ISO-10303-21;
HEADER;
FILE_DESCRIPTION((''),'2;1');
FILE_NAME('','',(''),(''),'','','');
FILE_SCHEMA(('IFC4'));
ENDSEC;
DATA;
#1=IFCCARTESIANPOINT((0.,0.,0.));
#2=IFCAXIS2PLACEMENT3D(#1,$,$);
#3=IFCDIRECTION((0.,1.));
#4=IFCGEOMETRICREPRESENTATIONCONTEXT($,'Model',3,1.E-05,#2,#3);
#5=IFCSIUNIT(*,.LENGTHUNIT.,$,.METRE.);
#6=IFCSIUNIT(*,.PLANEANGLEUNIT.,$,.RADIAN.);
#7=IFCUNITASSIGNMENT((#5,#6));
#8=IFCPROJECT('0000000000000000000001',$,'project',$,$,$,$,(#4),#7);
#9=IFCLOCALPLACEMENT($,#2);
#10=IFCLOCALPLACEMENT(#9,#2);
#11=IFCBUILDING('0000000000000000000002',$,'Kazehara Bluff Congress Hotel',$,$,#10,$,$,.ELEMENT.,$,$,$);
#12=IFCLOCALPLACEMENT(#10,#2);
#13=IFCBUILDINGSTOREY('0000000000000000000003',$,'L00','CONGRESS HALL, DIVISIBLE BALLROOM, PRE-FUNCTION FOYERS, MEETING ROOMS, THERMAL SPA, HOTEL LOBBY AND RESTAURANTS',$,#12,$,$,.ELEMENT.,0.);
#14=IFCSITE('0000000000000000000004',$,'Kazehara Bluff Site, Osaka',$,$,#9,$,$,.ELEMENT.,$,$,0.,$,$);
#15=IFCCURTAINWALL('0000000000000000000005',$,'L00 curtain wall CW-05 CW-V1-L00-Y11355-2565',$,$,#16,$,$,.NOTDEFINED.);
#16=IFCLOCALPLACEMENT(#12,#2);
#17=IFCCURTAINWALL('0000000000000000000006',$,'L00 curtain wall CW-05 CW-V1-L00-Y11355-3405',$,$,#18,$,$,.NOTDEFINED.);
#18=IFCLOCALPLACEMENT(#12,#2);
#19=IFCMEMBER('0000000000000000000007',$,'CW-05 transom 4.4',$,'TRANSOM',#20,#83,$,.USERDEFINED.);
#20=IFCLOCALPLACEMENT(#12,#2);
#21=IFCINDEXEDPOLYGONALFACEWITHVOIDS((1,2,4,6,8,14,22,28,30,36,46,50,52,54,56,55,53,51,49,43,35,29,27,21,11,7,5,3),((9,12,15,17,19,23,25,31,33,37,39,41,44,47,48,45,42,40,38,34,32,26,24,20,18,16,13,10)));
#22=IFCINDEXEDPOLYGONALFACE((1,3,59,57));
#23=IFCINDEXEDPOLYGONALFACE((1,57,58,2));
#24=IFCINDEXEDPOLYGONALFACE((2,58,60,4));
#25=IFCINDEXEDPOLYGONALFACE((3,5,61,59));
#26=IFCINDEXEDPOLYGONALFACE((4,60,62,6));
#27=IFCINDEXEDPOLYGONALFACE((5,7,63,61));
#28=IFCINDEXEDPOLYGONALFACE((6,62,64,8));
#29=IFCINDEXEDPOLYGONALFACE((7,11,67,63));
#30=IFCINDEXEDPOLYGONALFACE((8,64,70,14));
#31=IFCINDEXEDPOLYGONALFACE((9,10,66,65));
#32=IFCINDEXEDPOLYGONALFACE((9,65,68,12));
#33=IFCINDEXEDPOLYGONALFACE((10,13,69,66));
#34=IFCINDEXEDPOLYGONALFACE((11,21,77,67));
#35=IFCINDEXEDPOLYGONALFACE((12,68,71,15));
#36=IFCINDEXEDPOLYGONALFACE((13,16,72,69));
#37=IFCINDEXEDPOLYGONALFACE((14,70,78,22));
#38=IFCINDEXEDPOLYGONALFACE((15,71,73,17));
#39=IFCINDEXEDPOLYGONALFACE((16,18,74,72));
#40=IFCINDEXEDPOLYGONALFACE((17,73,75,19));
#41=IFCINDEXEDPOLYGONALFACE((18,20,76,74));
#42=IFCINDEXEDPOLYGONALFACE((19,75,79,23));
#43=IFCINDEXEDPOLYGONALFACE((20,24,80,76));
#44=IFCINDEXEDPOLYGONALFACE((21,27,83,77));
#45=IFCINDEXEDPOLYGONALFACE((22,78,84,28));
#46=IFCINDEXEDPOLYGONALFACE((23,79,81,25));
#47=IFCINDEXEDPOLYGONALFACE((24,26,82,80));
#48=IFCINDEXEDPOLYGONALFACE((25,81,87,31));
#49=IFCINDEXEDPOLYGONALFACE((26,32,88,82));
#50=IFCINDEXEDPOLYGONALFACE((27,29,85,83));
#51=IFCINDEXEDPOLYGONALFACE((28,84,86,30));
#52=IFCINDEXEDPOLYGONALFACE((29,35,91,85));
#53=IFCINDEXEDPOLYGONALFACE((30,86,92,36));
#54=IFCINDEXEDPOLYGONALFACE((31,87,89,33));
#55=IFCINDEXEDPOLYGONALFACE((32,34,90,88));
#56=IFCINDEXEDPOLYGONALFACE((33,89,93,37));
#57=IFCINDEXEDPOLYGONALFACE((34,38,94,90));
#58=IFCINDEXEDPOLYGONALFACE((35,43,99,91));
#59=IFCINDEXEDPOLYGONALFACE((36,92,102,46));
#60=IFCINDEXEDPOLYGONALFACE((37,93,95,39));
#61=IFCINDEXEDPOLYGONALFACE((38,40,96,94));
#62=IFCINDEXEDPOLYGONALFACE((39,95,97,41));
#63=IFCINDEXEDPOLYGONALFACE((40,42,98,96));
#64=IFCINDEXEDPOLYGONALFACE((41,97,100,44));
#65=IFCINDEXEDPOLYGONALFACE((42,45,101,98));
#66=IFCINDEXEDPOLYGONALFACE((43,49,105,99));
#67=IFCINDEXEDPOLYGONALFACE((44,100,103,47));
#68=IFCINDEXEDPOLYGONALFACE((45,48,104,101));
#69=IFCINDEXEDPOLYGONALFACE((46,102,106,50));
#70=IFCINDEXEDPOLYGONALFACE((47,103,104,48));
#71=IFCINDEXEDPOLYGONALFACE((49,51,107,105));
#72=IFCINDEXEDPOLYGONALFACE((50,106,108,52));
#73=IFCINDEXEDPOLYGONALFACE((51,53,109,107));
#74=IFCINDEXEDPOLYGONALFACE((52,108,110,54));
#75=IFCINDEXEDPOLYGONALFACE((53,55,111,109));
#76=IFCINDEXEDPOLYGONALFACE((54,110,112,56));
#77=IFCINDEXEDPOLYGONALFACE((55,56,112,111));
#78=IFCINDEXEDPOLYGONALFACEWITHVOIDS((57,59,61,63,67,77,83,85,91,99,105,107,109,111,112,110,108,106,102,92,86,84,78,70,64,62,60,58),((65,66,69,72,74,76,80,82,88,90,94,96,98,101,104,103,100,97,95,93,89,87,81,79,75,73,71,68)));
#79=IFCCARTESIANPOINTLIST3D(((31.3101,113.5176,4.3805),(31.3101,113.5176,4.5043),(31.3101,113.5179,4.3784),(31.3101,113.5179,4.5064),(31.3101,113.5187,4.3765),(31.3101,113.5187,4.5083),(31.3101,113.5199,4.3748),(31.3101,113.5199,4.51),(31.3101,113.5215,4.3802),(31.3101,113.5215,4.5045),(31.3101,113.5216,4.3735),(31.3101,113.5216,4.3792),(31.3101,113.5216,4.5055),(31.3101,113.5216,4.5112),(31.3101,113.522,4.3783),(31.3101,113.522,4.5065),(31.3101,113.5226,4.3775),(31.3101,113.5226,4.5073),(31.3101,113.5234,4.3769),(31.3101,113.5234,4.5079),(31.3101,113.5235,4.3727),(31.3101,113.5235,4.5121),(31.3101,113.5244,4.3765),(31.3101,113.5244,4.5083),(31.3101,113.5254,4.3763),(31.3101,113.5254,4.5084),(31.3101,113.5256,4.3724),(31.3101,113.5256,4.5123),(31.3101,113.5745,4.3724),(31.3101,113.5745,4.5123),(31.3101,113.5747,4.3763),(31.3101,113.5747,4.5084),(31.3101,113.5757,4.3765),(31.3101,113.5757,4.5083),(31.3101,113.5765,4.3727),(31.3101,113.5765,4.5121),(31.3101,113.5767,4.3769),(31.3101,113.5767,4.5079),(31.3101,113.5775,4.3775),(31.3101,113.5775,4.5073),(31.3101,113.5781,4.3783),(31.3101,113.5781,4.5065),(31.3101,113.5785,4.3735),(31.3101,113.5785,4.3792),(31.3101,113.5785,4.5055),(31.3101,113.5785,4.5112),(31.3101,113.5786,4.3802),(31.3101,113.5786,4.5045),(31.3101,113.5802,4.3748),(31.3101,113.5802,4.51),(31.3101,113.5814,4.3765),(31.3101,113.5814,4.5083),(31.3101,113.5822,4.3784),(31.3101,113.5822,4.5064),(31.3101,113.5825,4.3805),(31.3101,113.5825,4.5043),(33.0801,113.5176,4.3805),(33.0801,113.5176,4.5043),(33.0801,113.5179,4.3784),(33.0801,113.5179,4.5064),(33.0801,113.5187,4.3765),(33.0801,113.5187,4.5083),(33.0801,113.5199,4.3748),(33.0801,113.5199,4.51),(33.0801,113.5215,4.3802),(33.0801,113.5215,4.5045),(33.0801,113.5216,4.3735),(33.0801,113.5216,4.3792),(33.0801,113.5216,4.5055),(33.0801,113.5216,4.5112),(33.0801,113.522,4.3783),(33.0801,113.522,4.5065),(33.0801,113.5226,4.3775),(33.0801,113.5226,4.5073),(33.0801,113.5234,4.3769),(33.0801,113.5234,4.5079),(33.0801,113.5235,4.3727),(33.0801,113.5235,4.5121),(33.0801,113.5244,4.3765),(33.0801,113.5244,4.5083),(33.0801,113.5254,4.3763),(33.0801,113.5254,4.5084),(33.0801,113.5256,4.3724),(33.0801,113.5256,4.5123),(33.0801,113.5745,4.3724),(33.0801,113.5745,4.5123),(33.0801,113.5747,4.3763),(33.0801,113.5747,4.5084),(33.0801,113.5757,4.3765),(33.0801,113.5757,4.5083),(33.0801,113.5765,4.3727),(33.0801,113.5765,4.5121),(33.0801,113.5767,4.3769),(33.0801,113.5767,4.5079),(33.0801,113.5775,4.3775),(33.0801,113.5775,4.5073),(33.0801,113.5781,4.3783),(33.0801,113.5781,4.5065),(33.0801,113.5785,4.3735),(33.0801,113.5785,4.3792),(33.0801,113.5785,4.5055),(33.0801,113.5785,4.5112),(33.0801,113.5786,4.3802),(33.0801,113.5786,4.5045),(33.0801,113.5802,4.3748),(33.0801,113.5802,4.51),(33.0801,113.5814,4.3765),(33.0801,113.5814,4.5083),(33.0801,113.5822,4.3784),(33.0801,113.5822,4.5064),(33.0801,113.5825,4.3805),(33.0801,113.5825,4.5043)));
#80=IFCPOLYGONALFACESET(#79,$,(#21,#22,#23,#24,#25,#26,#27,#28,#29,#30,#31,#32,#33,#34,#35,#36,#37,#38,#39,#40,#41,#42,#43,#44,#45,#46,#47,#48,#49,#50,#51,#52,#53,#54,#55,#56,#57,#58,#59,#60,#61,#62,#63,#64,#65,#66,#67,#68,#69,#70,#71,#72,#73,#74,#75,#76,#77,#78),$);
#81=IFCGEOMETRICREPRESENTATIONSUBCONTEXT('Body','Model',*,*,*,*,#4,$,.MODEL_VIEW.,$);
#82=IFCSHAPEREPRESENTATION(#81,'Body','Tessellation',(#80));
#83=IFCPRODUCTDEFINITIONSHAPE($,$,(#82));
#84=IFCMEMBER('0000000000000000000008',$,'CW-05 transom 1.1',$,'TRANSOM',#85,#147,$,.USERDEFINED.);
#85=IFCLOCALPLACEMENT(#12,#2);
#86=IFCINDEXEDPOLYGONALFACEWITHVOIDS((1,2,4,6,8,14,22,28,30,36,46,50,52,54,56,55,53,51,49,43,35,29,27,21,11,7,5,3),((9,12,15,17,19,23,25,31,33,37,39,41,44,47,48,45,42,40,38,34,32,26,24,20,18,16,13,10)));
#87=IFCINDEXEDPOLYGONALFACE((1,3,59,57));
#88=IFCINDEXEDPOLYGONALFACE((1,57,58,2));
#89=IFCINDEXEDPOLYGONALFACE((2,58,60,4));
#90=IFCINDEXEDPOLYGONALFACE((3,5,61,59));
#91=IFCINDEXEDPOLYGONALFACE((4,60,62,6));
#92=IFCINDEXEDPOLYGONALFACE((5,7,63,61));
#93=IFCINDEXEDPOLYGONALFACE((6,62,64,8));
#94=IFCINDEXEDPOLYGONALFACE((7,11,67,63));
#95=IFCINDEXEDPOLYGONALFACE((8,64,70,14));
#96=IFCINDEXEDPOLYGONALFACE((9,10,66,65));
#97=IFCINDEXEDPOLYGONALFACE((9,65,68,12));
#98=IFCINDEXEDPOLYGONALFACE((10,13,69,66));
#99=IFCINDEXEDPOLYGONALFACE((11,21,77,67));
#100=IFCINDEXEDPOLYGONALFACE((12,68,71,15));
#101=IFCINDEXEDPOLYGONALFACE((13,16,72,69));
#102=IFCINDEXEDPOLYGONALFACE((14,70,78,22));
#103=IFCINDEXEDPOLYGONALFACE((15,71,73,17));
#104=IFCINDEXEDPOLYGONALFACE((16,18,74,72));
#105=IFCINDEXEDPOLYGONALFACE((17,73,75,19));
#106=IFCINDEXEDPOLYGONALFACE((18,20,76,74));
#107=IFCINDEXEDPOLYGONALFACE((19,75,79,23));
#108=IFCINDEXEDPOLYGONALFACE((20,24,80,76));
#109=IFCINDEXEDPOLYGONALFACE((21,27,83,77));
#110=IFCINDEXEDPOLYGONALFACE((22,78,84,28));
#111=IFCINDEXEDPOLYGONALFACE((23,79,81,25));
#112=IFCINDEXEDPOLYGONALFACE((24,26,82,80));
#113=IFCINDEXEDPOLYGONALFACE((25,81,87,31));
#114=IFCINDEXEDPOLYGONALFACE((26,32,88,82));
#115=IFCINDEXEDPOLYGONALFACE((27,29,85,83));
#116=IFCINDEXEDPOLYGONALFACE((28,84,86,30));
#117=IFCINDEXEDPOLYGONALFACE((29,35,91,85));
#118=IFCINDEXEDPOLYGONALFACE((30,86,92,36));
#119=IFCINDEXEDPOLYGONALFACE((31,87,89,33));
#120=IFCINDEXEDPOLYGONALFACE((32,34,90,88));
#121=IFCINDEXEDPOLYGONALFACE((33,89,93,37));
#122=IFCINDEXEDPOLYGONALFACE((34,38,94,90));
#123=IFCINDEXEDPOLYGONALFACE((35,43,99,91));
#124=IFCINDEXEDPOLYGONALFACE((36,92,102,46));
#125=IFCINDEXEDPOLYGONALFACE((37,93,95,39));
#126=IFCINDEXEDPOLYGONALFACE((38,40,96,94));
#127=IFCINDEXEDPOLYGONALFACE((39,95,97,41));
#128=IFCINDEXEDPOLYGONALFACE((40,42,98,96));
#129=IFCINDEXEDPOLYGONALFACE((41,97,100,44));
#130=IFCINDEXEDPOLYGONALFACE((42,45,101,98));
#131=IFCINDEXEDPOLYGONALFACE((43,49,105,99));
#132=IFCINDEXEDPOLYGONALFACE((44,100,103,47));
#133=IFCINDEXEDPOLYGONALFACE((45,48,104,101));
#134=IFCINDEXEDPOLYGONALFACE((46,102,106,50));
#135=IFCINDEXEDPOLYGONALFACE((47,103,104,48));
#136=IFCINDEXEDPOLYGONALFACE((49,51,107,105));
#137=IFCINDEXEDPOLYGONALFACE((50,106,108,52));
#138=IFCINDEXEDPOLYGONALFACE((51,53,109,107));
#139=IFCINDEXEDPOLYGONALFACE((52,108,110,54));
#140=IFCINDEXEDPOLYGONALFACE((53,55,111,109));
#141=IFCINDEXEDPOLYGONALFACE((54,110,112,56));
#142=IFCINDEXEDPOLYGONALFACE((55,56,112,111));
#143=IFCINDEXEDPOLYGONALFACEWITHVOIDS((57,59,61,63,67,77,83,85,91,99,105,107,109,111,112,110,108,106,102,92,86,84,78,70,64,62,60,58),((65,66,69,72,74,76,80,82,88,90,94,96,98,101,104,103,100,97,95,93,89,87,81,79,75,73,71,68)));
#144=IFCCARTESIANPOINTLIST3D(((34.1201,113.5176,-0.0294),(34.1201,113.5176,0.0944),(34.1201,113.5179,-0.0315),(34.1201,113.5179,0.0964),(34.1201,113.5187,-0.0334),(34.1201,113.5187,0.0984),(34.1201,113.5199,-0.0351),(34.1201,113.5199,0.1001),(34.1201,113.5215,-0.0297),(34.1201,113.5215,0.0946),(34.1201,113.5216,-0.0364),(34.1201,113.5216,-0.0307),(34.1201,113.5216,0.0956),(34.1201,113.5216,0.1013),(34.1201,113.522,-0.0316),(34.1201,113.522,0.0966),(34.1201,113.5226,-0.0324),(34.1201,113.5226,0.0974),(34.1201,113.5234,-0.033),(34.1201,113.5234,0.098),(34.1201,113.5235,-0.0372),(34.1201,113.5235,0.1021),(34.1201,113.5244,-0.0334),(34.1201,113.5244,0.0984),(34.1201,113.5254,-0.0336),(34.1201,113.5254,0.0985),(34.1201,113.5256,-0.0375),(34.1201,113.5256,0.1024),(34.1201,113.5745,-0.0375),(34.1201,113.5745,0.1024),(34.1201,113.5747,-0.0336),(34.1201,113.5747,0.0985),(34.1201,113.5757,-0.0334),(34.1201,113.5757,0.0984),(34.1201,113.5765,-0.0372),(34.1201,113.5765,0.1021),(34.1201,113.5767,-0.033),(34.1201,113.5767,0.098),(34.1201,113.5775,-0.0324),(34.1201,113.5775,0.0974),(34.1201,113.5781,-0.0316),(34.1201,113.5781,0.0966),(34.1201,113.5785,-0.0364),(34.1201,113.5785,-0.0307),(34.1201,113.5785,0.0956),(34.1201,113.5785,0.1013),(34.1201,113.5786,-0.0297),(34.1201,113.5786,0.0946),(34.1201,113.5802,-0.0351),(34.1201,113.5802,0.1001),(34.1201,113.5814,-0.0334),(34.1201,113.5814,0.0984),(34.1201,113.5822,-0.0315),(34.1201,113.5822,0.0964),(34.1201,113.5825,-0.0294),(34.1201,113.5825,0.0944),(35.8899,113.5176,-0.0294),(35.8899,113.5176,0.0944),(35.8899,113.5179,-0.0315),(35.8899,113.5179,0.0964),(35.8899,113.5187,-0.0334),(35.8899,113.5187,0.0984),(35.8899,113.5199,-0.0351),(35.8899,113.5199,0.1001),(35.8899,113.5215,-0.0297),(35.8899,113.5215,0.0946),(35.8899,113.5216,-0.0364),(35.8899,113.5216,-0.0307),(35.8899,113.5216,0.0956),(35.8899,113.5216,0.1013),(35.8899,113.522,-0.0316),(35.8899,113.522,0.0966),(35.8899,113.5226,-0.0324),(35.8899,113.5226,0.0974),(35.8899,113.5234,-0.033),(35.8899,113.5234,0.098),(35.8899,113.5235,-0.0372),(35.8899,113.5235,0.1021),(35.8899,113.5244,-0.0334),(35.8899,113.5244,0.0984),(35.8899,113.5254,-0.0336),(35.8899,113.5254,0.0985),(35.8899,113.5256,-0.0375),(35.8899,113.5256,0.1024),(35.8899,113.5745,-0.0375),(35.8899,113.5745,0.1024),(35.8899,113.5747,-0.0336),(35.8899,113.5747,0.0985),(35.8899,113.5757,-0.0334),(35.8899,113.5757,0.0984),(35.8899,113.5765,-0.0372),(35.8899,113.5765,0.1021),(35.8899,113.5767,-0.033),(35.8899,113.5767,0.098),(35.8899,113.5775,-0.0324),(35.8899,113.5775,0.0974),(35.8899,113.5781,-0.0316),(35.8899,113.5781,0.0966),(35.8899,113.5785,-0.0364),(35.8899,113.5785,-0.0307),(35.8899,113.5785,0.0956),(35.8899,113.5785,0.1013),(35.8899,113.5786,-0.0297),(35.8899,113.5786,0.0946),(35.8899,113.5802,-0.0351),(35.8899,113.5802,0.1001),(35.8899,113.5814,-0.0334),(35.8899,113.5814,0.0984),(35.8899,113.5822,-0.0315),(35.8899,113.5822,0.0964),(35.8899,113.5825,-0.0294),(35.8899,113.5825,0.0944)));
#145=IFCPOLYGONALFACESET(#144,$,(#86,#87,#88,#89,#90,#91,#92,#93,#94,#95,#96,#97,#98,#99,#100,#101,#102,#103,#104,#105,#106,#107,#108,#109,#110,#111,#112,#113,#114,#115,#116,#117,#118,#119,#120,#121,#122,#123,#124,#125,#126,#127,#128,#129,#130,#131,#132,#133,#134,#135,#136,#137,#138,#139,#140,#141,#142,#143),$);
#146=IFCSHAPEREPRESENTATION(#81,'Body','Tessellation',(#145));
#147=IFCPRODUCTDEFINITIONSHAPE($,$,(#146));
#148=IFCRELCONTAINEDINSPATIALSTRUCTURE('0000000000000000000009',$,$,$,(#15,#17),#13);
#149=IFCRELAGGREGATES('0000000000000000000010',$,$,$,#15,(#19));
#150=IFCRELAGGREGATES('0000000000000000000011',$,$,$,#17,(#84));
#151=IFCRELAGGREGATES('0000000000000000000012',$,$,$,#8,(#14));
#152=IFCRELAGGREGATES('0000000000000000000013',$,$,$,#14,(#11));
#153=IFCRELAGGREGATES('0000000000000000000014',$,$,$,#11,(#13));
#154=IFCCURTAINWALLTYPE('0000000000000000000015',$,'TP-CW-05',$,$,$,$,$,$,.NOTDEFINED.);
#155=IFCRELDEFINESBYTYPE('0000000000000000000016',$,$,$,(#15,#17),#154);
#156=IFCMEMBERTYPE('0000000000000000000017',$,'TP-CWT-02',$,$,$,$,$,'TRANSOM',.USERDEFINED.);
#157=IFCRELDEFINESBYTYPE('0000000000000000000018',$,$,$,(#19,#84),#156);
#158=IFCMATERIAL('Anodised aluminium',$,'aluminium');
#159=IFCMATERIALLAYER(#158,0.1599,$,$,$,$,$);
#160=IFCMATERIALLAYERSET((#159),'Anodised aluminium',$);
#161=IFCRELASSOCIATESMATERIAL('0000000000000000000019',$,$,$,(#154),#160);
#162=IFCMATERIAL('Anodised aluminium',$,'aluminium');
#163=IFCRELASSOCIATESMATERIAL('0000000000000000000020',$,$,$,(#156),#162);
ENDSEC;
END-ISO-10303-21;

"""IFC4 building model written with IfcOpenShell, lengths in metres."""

from ifc_helpers import new_model, si_unit, direction, frame, origin, origin_2d, place, context, subcontext, project, spatial, hollow_rectangle, extrude, material, layer, layer_set, material_profile, profile_set, type_object, element, aggregate, save


model = new_model("IFC4")

# Units and contexts
model_context = context("Model", 3, precision=1e-05, world=origin(), true_north=direction((0.0, 1.0)))
body_context = subcontext(model_context, "Body", "Model", "MODEL_VIEW")
ifc_project = project(units=[si_unit("LENGTHUNIT", "METRE"), si_unit("PLANEANGLEUNIT", "RADIAN")], contexts=[model_context])

# Site, building, storey
site_placement = place(None, origin())
site = spatial("IfcSite", under=ifc_project, at=site_placement, Name="Kazehara Bluff Site, Osaka", CompositionType="ELEMENT", RefElevation=0.0)
building_placement = place(site_placement, origin())
building = spatial("IfcBuilding", under=site, at=building_placement, Name="Kazehara Bluff Congress Hotel", CompositionType="ELEMENT")
storey_placement = place(building_placement, origin())
storey = spatial("IfcBuildingStorey", under=building, at=storey_placement, Name="L00", Description="CONGRESS HALL, DIVISIBLE BALLROOM, PRE-FUNCTION FOYERS, MEETING ROOMS, THERMAL SPA, HOTEL LOBBY AND RESTAURANTS", CompositionType="ELEMENT", Elevation=0.0)

# Curtain walls
ifc_material_1 = material(Name="Anodised aluminium", Category="aluminium")
ifc_layer_1 = layer(ifc_material_1, 0.1599)
ifc_layer_set_1 = layer_set([ifc_layer_1], Name="Anodised aluminium")
curtain_wall_type = type_object("IfcCurtainWallType", Name="TP-CW-05", PredefinedType="NOTDEFINED", material=ifc_layer_set_1)
curtain_wall_1_placement = place(storey_placement, origin())
curtain_wall_1 = element("IfcCurtainWall", 1, at=curtain_wall_1_placement, inside=storey, type_object=curtain_wall_type, Name="L00 curtain wall CW-05 CW-V1-L00-Y11355-2565", PredefinedType="NOTDEFINED")
curtain_wall_2_placement = place(storey_placement, origin())
curtain_wall_2 = element("IfcCurtainWall", 2, at=curtain_wall_2_placement, inside=storey, type_object=curtain_wall_type, Name="L00 curtain wall CW-05 CW-V1-L00-Y11355-3405", PredefinedType="NOTDEFINED")

# Members
ifc_material_2 = material(Name="Anodised aluminium", Category="aluminium")
ifc_material_profile_1 = material_profile(ifc_material_2, hollow_rectangle(XDim=0.0649, YDim=0.1399, WallThickness=0.0039, InnerFilletRadius=0.0039, OuterFilletRadius=0.0081, at=origin_2d()))
ifc_profile_set_1 = profile_set([ifc_material_profile_1], Name="Anodised aluminium")
member_type_1 = type_object("IfcMemberType", Name="TP-CWT-02", ElementType="TRANSOM", PredefinedType="USERDEFINED", material=ifc_profile_set_1)
member_1_placement = place(storey_placement, frame((31.3101, 113.55, 4.4424), z_axis=(1.0, 0.0, 0.0), x_axis=(0.0, 1.0, 0.0)))
member_1 = element("IfcMember", 3, at=member_1_placement, type_object=member_type_1, Name="CW-05 transom 4.4", ObjectType="TRANSOM", PredefinedType="USERDEFINED", context=body_context, shape_type="SweptSolid", body=[
    extrude(hollow_rectangle(XDim=0.0649, YDim=0.1399, WallThickness=0.0039, InnerFilletRadius=0.0039, OuterFilletRadius=0.0081, at=origin_2d()), origin(), (0.0, 0.0, 1.0), 1.77),
])
member_2_placement = place(storey_placement, frame((34.1201, 113.55, 0.0325), z_axis=(1.0, 0.0, 0.0), x_axis=(0.0, 1.0, 0.0)))
member_2 = element("IfcMember", 4, at=member_2_placement, type_object=member_type_1, Name="CW-05 transom 1.1", ObjectType="TRANSOM", PredefinedType="USERDEFINED", context=body_context, shape_type="SweptSolid", body=[
    extrude(hollow_rectangle(XDim=0.0649, YDim=0.1399, WallThickness=0.0039, InnerFilletRadius=0.0039, OuterFilletRadius=0.0081, at=origin_2d()), origin(), (0.0, 0.0, 1.0), 1.7698),
])

aggregate(curtain_wall_1, [member_1])
aggregate(curtain_wall_2, [member_2])

save(model, "model.ifc")
